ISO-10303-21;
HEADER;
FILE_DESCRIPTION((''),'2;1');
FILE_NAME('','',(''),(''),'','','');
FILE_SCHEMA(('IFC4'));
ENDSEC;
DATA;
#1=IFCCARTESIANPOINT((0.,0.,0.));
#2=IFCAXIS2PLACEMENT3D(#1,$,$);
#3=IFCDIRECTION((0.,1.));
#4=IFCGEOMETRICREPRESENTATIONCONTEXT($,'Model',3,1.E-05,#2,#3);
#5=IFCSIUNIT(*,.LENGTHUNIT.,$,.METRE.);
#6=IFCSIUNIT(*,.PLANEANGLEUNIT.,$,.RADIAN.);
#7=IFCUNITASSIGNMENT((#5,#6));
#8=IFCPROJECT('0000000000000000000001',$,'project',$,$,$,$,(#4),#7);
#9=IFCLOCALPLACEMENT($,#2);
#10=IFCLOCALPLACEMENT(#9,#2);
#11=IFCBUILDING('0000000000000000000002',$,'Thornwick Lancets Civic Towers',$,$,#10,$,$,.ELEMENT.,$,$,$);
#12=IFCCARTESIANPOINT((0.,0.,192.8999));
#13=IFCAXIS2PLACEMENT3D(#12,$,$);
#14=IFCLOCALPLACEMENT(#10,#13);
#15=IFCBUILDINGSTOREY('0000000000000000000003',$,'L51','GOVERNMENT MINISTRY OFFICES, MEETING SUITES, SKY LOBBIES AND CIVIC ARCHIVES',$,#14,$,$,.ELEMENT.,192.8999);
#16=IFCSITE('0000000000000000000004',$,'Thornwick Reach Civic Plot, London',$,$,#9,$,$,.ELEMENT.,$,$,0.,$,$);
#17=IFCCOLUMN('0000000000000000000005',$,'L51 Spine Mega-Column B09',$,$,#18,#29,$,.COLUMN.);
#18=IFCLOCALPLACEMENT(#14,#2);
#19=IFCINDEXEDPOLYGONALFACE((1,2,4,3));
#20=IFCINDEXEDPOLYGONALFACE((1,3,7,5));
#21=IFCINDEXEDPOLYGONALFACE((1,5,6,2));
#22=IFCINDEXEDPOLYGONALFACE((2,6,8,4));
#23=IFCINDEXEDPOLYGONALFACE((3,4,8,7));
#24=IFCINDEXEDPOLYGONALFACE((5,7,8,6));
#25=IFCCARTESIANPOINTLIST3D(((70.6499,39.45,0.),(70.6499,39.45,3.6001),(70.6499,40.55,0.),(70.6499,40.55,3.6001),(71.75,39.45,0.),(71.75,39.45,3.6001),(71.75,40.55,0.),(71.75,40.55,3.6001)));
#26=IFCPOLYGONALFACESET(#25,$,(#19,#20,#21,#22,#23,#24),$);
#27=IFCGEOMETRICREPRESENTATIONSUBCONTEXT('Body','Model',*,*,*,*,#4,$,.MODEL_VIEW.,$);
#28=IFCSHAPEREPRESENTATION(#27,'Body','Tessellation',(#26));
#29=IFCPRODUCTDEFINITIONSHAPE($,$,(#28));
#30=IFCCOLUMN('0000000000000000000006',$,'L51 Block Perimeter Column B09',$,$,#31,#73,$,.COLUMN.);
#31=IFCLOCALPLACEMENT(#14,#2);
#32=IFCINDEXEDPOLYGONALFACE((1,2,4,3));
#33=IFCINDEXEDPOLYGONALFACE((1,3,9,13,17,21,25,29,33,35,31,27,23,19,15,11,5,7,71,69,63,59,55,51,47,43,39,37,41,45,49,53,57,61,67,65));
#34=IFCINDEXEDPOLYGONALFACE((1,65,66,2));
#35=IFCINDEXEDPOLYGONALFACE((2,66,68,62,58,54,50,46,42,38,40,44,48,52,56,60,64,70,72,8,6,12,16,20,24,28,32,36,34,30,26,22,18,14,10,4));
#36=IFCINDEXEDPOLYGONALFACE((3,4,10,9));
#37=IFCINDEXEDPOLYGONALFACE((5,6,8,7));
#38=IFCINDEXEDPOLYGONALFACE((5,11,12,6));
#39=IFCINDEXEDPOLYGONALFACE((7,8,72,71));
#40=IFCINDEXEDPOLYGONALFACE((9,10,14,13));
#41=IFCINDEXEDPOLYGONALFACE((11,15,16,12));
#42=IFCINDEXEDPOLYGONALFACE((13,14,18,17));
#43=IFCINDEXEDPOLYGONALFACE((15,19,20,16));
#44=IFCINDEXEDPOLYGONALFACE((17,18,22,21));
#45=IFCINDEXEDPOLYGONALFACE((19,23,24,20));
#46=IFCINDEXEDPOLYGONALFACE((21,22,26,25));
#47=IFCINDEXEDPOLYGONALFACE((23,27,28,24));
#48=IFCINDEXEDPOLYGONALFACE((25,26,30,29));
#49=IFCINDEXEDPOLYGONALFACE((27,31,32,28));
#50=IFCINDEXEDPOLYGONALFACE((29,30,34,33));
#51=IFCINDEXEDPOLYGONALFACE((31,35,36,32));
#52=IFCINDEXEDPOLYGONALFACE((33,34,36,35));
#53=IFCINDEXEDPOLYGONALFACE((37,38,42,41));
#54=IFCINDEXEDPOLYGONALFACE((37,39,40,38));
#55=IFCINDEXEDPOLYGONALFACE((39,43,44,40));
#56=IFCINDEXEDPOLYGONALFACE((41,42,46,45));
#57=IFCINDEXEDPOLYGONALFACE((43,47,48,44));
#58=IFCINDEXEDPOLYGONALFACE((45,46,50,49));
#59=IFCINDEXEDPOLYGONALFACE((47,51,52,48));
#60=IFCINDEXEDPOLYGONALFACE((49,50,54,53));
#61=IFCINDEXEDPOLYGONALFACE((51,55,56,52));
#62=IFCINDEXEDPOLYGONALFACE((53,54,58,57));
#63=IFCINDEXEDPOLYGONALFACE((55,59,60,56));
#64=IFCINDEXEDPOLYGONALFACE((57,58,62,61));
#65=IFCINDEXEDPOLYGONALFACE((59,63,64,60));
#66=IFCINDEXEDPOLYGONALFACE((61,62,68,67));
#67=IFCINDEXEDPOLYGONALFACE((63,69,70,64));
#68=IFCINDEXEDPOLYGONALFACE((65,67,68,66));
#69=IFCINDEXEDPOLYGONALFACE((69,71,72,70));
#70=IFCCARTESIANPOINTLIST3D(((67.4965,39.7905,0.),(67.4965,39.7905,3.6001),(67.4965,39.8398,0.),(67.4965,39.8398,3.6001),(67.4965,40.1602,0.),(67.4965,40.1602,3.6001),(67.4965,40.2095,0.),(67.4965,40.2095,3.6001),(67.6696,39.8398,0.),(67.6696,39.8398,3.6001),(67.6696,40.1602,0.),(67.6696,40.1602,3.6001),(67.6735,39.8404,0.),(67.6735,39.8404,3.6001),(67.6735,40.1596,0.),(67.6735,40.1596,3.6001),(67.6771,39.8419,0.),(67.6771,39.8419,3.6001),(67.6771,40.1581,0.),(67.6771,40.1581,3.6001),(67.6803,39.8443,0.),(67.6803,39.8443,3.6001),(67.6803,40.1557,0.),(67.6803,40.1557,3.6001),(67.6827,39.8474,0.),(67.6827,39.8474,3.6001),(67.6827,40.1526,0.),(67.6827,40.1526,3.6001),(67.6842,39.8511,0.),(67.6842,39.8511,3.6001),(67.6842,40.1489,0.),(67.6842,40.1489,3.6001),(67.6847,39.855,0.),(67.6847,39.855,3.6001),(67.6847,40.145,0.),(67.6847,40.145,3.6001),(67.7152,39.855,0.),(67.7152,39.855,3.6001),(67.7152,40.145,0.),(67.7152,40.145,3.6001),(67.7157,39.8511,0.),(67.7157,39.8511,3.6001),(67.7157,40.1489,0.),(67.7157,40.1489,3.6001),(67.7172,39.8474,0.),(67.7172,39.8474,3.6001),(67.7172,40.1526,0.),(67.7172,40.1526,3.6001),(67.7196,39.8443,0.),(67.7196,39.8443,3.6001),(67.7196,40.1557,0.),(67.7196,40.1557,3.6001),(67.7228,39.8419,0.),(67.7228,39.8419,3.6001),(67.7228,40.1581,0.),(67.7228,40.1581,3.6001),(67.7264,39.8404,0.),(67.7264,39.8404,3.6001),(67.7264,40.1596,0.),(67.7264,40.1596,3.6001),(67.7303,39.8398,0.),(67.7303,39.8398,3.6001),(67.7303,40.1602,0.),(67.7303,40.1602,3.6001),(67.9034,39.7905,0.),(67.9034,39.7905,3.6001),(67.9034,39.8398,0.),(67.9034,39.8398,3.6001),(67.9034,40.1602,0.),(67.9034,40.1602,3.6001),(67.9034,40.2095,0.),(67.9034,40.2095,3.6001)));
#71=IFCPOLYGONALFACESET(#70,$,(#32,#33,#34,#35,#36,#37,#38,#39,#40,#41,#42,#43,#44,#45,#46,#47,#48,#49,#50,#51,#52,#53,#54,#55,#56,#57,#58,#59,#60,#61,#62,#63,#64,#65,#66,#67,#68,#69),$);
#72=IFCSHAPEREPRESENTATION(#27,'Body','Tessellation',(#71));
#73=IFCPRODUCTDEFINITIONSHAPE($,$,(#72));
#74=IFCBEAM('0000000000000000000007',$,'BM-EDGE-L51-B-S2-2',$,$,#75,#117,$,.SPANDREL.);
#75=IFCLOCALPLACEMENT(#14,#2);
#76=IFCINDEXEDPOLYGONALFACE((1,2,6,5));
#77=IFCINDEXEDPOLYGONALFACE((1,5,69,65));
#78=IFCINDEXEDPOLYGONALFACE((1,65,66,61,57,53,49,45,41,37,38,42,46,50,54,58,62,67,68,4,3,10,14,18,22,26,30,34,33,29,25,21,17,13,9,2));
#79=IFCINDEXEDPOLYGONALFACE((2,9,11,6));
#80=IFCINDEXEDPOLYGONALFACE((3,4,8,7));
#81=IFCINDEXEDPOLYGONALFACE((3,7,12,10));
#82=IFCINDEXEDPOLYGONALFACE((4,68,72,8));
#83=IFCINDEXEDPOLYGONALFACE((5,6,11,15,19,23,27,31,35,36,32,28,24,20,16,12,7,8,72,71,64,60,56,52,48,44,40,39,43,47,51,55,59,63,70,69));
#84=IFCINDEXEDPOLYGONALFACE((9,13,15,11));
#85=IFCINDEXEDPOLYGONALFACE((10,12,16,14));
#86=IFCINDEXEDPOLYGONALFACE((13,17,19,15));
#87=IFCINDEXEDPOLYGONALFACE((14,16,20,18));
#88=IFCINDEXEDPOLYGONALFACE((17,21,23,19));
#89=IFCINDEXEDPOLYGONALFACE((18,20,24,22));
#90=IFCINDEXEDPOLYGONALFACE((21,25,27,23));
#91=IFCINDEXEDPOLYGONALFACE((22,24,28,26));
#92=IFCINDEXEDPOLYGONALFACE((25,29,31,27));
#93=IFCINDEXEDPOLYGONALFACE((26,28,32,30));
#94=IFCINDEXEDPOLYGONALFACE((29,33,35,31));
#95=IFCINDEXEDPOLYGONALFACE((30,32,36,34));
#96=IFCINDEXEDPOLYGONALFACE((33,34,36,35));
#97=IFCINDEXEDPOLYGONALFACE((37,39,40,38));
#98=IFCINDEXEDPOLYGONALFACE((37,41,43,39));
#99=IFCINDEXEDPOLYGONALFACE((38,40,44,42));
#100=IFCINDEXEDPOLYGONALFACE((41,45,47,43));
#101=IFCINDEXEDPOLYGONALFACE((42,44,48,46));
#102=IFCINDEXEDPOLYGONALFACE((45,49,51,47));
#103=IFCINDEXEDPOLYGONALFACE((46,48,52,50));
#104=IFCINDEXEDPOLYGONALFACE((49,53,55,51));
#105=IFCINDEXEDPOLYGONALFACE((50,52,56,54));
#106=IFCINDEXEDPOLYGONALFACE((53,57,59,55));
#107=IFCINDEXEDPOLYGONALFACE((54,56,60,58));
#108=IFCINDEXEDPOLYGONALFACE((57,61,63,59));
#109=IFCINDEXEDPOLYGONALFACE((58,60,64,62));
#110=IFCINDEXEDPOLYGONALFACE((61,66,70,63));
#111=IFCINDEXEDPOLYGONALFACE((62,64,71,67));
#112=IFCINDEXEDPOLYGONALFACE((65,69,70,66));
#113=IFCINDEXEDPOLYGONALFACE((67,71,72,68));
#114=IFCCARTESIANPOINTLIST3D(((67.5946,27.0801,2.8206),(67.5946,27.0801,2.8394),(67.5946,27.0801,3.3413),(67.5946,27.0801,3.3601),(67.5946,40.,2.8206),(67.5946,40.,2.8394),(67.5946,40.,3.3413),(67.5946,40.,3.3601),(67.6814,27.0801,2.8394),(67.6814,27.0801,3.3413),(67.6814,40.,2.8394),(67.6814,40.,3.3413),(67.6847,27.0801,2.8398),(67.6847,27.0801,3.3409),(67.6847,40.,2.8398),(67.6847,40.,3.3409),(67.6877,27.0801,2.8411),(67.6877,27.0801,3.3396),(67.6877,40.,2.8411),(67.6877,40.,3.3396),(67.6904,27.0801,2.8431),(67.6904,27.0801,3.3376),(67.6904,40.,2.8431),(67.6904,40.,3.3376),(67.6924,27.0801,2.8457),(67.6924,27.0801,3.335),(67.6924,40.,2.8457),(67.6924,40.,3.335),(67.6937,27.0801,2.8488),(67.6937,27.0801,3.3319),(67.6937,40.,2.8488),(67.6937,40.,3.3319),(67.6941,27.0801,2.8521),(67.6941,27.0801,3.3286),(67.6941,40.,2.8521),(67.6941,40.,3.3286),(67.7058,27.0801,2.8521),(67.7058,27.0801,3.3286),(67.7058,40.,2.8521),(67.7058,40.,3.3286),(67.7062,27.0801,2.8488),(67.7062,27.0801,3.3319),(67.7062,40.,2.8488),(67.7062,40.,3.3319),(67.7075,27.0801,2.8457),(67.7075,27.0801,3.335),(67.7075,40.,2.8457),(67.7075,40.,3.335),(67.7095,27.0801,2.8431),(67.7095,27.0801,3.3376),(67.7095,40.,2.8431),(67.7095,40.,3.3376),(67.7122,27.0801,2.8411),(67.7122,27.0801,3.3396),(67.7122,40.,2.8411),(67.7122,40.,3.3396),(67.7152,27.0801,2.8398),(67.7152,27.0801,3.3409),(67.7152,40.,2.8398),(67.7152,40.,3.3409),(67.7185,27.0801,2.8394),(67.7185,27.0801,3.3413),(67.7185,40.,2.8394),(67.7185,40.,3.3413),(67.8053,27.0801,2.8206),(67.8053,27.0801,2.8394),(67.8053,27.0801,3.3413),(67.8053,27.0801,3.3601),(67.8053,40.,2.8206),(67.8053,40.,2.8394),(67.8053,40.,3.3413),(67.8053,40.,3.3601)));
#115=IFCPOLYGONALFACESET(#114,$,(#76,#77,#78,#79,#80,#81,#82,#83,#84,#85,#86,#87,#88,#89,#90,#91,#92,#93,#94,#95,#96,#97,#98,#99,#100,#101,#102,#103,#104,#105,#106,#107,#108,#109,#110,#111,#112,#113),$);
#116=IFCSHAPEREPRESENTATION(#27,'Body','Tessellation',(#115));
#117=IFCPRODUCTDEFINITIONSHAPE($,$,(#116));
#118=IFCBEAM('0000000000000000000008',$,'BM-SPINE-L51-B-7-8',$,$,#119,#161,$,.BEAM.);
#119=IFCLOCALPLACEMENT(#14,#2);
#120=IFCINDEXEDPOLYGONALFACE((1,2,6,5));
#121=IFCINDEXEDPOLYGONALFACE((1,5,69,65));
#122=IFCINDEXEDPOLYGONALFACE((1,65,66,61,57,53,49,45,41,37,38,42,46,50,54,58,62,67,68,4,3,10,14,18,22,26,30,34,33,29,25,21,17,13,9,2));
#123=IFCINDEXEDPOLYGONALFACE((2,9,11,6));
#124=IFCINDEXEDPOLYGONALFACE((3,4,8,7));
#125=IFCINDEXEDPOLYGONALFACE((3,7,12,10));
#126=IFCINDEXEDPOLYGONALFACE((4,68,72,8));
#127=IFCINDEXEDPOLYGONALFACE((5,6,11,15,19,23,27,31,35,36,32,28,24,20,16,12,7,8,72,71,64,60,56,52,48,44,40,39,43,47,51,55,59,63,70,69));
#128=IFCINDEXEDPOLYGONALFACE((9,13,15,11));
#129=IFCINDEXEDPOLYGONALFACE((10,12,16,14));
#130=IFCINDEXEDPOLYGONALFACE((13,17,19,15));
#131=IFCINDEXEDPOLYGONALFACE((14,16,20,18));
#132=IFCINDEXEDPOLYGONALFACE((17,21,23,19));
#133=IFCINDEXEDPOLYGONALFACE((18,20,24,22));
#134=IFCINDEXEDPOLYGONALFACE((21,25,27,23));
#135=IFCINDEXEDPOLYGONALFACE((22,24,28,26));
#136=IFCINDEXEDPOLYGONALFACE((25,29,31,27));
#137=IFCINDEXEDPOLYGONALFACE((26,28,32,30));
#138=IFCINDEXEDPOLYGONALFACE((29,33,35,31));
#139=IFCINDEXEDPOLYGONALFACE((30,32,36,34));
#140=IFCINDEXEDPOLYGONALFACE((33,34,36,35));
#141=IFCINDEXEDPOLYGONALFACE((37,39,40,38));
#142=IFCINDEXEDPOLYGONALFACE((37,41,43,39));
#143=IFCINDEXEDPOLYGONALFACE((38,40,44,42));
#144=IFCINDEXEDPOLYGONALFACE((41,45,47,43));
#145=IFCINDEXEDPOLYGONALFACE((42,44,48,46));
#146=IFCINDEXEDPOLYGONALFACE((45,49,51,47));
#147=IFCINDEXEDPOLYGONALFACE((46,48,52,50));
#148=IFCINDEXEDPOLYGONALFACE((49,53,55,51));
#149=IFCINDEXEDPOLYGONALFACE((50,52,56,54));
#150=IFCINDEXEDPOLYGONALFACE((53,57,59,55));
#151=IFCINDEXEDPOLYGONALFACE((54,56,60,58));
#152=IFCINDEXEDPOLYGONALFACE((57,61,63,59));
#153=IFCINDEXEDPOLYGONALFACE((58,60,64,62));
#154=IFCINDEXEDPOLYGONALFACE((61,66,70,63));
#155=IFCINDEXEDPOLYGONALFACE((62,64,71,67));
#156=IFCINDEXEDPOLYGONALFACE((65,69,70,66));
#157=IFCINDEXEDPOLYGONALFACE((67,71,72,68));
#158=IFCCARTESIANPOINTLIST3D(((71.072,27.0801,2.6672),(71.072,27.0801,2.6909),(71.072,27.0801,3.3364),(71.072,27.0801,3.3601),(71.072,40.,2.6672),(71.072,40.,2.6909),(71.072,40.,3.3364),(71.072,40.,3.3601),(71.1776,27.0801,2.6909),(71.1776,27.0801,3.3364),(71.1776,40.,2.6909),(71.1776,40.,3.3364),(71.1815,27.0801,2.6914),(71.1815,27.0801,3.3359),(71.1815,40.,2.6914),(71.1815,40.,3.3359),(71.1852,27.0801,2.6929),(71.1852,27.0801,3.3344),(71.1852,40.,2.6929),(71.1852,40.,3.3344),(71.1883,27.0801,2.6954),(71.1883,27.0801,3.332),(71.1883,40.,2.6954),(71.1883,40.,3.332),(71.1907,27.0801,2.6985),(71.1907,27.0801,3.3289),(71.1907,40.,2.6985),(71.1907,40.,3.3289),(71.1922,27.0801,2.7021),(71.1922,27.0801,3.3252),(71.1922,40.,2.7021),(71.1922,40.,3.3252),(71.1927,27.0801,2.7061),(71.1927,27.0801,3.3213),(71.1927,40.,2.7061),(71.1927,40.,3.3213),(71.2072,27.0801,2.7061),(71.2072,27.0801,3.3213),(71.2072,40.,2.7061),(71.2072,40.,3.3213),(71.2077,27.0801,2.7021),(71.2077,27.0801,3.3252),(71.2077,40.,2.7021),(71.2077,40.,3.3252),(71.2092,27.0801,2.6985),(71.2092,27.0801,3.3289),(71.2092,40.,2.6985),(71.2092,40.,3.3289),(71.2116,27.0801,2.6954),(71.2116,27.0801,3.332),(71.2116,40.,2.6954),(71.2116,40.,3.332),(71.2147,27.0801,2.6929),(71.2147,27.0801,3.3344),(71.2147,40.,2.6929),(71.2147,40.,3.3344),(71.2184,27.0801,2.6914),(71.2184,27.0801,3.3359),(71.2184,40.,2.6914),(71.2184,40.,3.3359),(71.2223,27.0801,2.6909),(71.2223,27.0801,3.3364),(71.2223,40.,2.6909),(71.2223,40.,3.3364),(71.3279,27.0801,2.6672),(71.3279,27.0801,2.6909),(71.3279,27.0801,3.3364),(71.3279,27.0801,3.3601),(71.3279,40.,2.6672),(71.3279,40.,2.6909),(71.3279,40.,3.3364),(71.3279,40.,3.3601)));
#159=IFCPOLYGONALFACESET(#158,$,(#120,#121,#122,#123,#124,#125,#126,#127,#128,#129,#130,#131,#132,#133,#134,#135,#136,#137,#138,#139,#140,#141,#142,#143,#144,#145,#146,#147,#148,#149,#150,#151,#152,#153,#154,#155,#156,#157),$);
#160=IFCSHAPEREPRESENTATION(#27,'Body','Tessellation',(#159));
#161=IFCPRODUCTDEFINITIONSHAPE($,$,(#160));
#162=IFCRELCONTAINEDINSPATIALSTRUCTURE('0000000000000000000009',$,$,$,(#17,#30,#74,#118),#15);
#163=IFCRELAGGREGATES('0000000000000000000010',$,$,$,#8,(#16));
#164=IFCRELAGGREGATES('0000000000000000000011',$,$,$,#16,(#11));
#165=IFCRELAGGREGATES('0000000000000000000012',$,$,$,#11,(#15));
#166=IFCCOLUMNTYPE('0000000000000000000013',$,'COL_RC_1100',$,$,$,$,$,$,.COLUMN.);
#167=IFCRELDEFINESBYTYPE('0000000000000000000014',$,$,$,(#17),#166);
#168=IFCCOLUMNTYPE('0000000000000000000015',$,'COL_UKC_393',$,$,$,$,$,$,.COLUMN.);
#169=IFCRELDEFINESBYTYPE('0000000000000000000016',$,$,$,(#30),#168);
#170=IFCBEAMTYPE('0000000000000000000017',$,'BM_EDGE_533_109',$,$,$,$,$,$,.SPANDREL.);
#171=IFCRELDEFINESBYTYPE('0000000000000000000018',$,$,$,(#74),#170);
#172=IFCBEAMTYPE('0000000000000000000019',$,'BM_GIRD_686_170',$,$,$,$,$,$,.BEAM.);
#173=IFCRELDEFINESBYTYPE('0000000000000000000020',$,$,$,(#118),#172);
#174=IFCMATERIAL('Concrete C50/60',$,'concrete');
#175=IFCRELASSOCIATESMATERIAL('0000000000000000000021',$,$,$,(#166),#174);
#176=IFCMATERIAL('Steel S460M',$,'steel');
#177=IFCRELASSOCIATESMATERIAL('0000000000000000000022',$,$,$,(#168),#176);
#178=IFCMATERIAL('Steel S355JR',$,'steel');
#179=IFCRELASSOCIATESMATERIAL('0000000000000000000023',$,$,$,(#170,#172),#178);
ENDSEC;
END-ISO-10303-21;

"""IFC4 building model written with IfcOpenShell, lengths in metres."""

from ifc_helpers import new_model, si_unit, direction, frame, origin, origin_2d, place, context, subcontext, project, spatial, rectangle, i_section, extrude, material, material_profile, profile_set, type_object, element, save


model = new_model("IFC4")

# Units and contexts
model_context = context("Model", 3, precision=1e-05, world=origin(), true_north=direction((0.0, 1.0)))
body_context = subcontext(model_context, "Body", "Model", "MODEL_VIEW")
ifc_project = project(units=[si_unit("LENGTHUNIT", "METRE"), si_unit("PLANEANGLEUNIT", "RADIAN")], contexts=[model_context])

# Site, building, storey
site_placement = place(None, origin())
site = spatial("IfcSite", under=ifc_project, at=site_placement, Name="Thornwick Reach Civic Plot, London", CompositionType="ELEMENT", RefElevation=0.0)
building_placement = place(site_placement, origin())
building = spatial("IfcBuilding", under=site, at=building_placement, Name="Thornwick Lancets Civic Towers", CompositionType="ELEMENT")
storey_placement = place(building_placement, frame((0.0, 0.0, 192.8999)))
storey = spatial("IfcBuildingStorey", under=building, at=storey_placement, Name="L51", Description="GOVERNMENT MINISTRY OFFICES, MEETING SUITES, SKY LOBBIES AND CIVIC ARCHIVES", CompositionType="ELEMENT", Elevation=192.8999)

# Columns
ifc_material_1 = material(Name="Concrete C50/60", Category="concrete")
ifc_material_profile_1 = material_profile(ifc_material_1, rectangle(XDim=1.1001, YDim=1.1001, at=origin_2d()), Name="RC 1100x1100")
ifc_profile_set_1 = profile_set([ifc_material_profile_1], Name="Concrete C50/60")
column_type_1 = type_object("IfcColumnType", Name="COL_RC_1100", PredefinedType="COLUMN", material=ifc_profile_set_1)
column_1_placement = place(storey_placement, frame((71.2, 40.0, 0.0), z_axis=(0.0, 0.0, 1.0), x_axis=(1.0, 0.0, 0.0)))
element("IfcColumn", 1, at=column_1_placement, inside=storey, type_object=column_type_1, Name="L51 Spine Mega-Column B09", PredefinedType="COLUMN", context=body_context, shape_type="SweptSolid", body=[
    extrude(rectangle(XDim=1.1001, YDim=1.1001, at=origin_2d()), origin(), (0.0, 0.0, 1.0), 3.6001),
])
ifc_material_2 = material(Name="Steel S460M", Category="steel")
ifc_material_profile_2 = material_profile(ifc_material_2, i_section(OverallWidth=0.407, OverallDepth=0.4189, WebThickness=0.0305, FlangeThickness=0.0493, FilletRadius=0.0151, at=origin_2d()), Name="UKC 356x406x393")
ifc_profile_set_2 = profile_set([ifc_material_profile_2], Name="Steel S460M")
column_type_2 = type_object("IfcColumnType", Name="COL_UKC_393", PredefinedType="COLUMN", material=ifc_profile_set_2)
column_2_placement = place(storey_placement, frame((67.7, 40.0, 0.0), z_axis=(0.0, 0.0, 1.0), x_axis=(1.0, 0.0, 0.0)))
element("IfcColumn", 2, at=column_2_placement, inside=storey, type_object=column_type_2, Name="L51 Block Perimeter Column B09", PredefinedType="COLUMN", context=body_context, shape_type="SweptSolid", body=[
    extrude(i_section(OverallWidth=0.407, OverallDepth=0.4189, WebThickness=0.0305, FlangeThickness=0.0493, FilletRadius=0.0151, at=origin_2d()), origin(), (0.0, 0.0, 1.0), 3.6001),
])

# Beams
ifc_material_3 = material(Name="Steel S355JR", Category="steel")
ifc_material_profile_3 = material_profile(ifc_material_3, i_section(OverallWidth=0.2107, OverallDepth=0.5396, WebThickness=0.0117, FlangeThickness=0.0188, FilletRadius=0.0127, at=origin_2d()), Name="UKB 533x210x109")
ifc_profile_set_3 = profile_set([ifc_material_profile_3], Name="Steel S355JR")
beam_type_1 = type_object("IfcBeamType", Name="BM_EDGE_533_109", PredefinedType="SPANDREL", material=ifc_profile_set_3)
beam_1_placement = place(storey_placement, frame((67.7, 27.0801, 3.0903), z_axis=(0.0, 1.0, 0.0), x_axis=(-1.0, 0.0, 0.0)))
element("IfcBeam", 3, at=beam_1_placement, inside=storey, type_object=beam_type_1, Name="BM-EDGE-L51-B-S2-2", PredefinedType="SPANDREL", context=body_context, shape_type="SweptSolid", body=[
    extrude(i_section(OverallWidth=0.2107, OverallDepth=0.5396, WebThickness=0.0117, FlangeThickness=0.0188, FilletRadius=0.0127, at=origin_2d()), origin(), (0.0, 0.0, 1.0), 12.9199),
])
ifc_material_profile_4 = material_profile(ifc_material_3, i_section(OverallWidth=0.2559, OverallDepth=0.6929, WebThickness=0.0144, FlangeThickness=0.0237, FilletRadius=0.0151, at=origin_2d()), Name="UKB 686x254x170")
ifc_profile_set_4 = profile_set([ifc_material_profile_4], Name="Steel S355JR")
beam_type_2 = type_object("IfcBeamType", Name="BM_GIRD_686_170", PredefinedType="BEAM", material=ifc_profile_set_4)
beam_2_placement = place(storey_placement, frame((71.2, 27.0801, 3.0137), z_axis=(0.0, 1.0, 0.0), x_axis=(-1.0, 0.0, 0.0)))
element("IfcBeam", 4, at=beam_2_placement, inside=storey, type_object=beam_type_2, Name="BM-SPINE-L51-B-7-8", PredefinedType="BEAM", context=body_context, shape_type="SweptSolid", body=[
    extrude(i_section(OverallWidth=0.2559, OverallDepth=0.6929, WebThickness=0.0144, FlangeThickness=0.0237, FilletRadius=0.0151, at=origin_2d()), origin(), (0.0, 0.0, 1.0), 12.9199),
])

save(model, "model.ifc")
